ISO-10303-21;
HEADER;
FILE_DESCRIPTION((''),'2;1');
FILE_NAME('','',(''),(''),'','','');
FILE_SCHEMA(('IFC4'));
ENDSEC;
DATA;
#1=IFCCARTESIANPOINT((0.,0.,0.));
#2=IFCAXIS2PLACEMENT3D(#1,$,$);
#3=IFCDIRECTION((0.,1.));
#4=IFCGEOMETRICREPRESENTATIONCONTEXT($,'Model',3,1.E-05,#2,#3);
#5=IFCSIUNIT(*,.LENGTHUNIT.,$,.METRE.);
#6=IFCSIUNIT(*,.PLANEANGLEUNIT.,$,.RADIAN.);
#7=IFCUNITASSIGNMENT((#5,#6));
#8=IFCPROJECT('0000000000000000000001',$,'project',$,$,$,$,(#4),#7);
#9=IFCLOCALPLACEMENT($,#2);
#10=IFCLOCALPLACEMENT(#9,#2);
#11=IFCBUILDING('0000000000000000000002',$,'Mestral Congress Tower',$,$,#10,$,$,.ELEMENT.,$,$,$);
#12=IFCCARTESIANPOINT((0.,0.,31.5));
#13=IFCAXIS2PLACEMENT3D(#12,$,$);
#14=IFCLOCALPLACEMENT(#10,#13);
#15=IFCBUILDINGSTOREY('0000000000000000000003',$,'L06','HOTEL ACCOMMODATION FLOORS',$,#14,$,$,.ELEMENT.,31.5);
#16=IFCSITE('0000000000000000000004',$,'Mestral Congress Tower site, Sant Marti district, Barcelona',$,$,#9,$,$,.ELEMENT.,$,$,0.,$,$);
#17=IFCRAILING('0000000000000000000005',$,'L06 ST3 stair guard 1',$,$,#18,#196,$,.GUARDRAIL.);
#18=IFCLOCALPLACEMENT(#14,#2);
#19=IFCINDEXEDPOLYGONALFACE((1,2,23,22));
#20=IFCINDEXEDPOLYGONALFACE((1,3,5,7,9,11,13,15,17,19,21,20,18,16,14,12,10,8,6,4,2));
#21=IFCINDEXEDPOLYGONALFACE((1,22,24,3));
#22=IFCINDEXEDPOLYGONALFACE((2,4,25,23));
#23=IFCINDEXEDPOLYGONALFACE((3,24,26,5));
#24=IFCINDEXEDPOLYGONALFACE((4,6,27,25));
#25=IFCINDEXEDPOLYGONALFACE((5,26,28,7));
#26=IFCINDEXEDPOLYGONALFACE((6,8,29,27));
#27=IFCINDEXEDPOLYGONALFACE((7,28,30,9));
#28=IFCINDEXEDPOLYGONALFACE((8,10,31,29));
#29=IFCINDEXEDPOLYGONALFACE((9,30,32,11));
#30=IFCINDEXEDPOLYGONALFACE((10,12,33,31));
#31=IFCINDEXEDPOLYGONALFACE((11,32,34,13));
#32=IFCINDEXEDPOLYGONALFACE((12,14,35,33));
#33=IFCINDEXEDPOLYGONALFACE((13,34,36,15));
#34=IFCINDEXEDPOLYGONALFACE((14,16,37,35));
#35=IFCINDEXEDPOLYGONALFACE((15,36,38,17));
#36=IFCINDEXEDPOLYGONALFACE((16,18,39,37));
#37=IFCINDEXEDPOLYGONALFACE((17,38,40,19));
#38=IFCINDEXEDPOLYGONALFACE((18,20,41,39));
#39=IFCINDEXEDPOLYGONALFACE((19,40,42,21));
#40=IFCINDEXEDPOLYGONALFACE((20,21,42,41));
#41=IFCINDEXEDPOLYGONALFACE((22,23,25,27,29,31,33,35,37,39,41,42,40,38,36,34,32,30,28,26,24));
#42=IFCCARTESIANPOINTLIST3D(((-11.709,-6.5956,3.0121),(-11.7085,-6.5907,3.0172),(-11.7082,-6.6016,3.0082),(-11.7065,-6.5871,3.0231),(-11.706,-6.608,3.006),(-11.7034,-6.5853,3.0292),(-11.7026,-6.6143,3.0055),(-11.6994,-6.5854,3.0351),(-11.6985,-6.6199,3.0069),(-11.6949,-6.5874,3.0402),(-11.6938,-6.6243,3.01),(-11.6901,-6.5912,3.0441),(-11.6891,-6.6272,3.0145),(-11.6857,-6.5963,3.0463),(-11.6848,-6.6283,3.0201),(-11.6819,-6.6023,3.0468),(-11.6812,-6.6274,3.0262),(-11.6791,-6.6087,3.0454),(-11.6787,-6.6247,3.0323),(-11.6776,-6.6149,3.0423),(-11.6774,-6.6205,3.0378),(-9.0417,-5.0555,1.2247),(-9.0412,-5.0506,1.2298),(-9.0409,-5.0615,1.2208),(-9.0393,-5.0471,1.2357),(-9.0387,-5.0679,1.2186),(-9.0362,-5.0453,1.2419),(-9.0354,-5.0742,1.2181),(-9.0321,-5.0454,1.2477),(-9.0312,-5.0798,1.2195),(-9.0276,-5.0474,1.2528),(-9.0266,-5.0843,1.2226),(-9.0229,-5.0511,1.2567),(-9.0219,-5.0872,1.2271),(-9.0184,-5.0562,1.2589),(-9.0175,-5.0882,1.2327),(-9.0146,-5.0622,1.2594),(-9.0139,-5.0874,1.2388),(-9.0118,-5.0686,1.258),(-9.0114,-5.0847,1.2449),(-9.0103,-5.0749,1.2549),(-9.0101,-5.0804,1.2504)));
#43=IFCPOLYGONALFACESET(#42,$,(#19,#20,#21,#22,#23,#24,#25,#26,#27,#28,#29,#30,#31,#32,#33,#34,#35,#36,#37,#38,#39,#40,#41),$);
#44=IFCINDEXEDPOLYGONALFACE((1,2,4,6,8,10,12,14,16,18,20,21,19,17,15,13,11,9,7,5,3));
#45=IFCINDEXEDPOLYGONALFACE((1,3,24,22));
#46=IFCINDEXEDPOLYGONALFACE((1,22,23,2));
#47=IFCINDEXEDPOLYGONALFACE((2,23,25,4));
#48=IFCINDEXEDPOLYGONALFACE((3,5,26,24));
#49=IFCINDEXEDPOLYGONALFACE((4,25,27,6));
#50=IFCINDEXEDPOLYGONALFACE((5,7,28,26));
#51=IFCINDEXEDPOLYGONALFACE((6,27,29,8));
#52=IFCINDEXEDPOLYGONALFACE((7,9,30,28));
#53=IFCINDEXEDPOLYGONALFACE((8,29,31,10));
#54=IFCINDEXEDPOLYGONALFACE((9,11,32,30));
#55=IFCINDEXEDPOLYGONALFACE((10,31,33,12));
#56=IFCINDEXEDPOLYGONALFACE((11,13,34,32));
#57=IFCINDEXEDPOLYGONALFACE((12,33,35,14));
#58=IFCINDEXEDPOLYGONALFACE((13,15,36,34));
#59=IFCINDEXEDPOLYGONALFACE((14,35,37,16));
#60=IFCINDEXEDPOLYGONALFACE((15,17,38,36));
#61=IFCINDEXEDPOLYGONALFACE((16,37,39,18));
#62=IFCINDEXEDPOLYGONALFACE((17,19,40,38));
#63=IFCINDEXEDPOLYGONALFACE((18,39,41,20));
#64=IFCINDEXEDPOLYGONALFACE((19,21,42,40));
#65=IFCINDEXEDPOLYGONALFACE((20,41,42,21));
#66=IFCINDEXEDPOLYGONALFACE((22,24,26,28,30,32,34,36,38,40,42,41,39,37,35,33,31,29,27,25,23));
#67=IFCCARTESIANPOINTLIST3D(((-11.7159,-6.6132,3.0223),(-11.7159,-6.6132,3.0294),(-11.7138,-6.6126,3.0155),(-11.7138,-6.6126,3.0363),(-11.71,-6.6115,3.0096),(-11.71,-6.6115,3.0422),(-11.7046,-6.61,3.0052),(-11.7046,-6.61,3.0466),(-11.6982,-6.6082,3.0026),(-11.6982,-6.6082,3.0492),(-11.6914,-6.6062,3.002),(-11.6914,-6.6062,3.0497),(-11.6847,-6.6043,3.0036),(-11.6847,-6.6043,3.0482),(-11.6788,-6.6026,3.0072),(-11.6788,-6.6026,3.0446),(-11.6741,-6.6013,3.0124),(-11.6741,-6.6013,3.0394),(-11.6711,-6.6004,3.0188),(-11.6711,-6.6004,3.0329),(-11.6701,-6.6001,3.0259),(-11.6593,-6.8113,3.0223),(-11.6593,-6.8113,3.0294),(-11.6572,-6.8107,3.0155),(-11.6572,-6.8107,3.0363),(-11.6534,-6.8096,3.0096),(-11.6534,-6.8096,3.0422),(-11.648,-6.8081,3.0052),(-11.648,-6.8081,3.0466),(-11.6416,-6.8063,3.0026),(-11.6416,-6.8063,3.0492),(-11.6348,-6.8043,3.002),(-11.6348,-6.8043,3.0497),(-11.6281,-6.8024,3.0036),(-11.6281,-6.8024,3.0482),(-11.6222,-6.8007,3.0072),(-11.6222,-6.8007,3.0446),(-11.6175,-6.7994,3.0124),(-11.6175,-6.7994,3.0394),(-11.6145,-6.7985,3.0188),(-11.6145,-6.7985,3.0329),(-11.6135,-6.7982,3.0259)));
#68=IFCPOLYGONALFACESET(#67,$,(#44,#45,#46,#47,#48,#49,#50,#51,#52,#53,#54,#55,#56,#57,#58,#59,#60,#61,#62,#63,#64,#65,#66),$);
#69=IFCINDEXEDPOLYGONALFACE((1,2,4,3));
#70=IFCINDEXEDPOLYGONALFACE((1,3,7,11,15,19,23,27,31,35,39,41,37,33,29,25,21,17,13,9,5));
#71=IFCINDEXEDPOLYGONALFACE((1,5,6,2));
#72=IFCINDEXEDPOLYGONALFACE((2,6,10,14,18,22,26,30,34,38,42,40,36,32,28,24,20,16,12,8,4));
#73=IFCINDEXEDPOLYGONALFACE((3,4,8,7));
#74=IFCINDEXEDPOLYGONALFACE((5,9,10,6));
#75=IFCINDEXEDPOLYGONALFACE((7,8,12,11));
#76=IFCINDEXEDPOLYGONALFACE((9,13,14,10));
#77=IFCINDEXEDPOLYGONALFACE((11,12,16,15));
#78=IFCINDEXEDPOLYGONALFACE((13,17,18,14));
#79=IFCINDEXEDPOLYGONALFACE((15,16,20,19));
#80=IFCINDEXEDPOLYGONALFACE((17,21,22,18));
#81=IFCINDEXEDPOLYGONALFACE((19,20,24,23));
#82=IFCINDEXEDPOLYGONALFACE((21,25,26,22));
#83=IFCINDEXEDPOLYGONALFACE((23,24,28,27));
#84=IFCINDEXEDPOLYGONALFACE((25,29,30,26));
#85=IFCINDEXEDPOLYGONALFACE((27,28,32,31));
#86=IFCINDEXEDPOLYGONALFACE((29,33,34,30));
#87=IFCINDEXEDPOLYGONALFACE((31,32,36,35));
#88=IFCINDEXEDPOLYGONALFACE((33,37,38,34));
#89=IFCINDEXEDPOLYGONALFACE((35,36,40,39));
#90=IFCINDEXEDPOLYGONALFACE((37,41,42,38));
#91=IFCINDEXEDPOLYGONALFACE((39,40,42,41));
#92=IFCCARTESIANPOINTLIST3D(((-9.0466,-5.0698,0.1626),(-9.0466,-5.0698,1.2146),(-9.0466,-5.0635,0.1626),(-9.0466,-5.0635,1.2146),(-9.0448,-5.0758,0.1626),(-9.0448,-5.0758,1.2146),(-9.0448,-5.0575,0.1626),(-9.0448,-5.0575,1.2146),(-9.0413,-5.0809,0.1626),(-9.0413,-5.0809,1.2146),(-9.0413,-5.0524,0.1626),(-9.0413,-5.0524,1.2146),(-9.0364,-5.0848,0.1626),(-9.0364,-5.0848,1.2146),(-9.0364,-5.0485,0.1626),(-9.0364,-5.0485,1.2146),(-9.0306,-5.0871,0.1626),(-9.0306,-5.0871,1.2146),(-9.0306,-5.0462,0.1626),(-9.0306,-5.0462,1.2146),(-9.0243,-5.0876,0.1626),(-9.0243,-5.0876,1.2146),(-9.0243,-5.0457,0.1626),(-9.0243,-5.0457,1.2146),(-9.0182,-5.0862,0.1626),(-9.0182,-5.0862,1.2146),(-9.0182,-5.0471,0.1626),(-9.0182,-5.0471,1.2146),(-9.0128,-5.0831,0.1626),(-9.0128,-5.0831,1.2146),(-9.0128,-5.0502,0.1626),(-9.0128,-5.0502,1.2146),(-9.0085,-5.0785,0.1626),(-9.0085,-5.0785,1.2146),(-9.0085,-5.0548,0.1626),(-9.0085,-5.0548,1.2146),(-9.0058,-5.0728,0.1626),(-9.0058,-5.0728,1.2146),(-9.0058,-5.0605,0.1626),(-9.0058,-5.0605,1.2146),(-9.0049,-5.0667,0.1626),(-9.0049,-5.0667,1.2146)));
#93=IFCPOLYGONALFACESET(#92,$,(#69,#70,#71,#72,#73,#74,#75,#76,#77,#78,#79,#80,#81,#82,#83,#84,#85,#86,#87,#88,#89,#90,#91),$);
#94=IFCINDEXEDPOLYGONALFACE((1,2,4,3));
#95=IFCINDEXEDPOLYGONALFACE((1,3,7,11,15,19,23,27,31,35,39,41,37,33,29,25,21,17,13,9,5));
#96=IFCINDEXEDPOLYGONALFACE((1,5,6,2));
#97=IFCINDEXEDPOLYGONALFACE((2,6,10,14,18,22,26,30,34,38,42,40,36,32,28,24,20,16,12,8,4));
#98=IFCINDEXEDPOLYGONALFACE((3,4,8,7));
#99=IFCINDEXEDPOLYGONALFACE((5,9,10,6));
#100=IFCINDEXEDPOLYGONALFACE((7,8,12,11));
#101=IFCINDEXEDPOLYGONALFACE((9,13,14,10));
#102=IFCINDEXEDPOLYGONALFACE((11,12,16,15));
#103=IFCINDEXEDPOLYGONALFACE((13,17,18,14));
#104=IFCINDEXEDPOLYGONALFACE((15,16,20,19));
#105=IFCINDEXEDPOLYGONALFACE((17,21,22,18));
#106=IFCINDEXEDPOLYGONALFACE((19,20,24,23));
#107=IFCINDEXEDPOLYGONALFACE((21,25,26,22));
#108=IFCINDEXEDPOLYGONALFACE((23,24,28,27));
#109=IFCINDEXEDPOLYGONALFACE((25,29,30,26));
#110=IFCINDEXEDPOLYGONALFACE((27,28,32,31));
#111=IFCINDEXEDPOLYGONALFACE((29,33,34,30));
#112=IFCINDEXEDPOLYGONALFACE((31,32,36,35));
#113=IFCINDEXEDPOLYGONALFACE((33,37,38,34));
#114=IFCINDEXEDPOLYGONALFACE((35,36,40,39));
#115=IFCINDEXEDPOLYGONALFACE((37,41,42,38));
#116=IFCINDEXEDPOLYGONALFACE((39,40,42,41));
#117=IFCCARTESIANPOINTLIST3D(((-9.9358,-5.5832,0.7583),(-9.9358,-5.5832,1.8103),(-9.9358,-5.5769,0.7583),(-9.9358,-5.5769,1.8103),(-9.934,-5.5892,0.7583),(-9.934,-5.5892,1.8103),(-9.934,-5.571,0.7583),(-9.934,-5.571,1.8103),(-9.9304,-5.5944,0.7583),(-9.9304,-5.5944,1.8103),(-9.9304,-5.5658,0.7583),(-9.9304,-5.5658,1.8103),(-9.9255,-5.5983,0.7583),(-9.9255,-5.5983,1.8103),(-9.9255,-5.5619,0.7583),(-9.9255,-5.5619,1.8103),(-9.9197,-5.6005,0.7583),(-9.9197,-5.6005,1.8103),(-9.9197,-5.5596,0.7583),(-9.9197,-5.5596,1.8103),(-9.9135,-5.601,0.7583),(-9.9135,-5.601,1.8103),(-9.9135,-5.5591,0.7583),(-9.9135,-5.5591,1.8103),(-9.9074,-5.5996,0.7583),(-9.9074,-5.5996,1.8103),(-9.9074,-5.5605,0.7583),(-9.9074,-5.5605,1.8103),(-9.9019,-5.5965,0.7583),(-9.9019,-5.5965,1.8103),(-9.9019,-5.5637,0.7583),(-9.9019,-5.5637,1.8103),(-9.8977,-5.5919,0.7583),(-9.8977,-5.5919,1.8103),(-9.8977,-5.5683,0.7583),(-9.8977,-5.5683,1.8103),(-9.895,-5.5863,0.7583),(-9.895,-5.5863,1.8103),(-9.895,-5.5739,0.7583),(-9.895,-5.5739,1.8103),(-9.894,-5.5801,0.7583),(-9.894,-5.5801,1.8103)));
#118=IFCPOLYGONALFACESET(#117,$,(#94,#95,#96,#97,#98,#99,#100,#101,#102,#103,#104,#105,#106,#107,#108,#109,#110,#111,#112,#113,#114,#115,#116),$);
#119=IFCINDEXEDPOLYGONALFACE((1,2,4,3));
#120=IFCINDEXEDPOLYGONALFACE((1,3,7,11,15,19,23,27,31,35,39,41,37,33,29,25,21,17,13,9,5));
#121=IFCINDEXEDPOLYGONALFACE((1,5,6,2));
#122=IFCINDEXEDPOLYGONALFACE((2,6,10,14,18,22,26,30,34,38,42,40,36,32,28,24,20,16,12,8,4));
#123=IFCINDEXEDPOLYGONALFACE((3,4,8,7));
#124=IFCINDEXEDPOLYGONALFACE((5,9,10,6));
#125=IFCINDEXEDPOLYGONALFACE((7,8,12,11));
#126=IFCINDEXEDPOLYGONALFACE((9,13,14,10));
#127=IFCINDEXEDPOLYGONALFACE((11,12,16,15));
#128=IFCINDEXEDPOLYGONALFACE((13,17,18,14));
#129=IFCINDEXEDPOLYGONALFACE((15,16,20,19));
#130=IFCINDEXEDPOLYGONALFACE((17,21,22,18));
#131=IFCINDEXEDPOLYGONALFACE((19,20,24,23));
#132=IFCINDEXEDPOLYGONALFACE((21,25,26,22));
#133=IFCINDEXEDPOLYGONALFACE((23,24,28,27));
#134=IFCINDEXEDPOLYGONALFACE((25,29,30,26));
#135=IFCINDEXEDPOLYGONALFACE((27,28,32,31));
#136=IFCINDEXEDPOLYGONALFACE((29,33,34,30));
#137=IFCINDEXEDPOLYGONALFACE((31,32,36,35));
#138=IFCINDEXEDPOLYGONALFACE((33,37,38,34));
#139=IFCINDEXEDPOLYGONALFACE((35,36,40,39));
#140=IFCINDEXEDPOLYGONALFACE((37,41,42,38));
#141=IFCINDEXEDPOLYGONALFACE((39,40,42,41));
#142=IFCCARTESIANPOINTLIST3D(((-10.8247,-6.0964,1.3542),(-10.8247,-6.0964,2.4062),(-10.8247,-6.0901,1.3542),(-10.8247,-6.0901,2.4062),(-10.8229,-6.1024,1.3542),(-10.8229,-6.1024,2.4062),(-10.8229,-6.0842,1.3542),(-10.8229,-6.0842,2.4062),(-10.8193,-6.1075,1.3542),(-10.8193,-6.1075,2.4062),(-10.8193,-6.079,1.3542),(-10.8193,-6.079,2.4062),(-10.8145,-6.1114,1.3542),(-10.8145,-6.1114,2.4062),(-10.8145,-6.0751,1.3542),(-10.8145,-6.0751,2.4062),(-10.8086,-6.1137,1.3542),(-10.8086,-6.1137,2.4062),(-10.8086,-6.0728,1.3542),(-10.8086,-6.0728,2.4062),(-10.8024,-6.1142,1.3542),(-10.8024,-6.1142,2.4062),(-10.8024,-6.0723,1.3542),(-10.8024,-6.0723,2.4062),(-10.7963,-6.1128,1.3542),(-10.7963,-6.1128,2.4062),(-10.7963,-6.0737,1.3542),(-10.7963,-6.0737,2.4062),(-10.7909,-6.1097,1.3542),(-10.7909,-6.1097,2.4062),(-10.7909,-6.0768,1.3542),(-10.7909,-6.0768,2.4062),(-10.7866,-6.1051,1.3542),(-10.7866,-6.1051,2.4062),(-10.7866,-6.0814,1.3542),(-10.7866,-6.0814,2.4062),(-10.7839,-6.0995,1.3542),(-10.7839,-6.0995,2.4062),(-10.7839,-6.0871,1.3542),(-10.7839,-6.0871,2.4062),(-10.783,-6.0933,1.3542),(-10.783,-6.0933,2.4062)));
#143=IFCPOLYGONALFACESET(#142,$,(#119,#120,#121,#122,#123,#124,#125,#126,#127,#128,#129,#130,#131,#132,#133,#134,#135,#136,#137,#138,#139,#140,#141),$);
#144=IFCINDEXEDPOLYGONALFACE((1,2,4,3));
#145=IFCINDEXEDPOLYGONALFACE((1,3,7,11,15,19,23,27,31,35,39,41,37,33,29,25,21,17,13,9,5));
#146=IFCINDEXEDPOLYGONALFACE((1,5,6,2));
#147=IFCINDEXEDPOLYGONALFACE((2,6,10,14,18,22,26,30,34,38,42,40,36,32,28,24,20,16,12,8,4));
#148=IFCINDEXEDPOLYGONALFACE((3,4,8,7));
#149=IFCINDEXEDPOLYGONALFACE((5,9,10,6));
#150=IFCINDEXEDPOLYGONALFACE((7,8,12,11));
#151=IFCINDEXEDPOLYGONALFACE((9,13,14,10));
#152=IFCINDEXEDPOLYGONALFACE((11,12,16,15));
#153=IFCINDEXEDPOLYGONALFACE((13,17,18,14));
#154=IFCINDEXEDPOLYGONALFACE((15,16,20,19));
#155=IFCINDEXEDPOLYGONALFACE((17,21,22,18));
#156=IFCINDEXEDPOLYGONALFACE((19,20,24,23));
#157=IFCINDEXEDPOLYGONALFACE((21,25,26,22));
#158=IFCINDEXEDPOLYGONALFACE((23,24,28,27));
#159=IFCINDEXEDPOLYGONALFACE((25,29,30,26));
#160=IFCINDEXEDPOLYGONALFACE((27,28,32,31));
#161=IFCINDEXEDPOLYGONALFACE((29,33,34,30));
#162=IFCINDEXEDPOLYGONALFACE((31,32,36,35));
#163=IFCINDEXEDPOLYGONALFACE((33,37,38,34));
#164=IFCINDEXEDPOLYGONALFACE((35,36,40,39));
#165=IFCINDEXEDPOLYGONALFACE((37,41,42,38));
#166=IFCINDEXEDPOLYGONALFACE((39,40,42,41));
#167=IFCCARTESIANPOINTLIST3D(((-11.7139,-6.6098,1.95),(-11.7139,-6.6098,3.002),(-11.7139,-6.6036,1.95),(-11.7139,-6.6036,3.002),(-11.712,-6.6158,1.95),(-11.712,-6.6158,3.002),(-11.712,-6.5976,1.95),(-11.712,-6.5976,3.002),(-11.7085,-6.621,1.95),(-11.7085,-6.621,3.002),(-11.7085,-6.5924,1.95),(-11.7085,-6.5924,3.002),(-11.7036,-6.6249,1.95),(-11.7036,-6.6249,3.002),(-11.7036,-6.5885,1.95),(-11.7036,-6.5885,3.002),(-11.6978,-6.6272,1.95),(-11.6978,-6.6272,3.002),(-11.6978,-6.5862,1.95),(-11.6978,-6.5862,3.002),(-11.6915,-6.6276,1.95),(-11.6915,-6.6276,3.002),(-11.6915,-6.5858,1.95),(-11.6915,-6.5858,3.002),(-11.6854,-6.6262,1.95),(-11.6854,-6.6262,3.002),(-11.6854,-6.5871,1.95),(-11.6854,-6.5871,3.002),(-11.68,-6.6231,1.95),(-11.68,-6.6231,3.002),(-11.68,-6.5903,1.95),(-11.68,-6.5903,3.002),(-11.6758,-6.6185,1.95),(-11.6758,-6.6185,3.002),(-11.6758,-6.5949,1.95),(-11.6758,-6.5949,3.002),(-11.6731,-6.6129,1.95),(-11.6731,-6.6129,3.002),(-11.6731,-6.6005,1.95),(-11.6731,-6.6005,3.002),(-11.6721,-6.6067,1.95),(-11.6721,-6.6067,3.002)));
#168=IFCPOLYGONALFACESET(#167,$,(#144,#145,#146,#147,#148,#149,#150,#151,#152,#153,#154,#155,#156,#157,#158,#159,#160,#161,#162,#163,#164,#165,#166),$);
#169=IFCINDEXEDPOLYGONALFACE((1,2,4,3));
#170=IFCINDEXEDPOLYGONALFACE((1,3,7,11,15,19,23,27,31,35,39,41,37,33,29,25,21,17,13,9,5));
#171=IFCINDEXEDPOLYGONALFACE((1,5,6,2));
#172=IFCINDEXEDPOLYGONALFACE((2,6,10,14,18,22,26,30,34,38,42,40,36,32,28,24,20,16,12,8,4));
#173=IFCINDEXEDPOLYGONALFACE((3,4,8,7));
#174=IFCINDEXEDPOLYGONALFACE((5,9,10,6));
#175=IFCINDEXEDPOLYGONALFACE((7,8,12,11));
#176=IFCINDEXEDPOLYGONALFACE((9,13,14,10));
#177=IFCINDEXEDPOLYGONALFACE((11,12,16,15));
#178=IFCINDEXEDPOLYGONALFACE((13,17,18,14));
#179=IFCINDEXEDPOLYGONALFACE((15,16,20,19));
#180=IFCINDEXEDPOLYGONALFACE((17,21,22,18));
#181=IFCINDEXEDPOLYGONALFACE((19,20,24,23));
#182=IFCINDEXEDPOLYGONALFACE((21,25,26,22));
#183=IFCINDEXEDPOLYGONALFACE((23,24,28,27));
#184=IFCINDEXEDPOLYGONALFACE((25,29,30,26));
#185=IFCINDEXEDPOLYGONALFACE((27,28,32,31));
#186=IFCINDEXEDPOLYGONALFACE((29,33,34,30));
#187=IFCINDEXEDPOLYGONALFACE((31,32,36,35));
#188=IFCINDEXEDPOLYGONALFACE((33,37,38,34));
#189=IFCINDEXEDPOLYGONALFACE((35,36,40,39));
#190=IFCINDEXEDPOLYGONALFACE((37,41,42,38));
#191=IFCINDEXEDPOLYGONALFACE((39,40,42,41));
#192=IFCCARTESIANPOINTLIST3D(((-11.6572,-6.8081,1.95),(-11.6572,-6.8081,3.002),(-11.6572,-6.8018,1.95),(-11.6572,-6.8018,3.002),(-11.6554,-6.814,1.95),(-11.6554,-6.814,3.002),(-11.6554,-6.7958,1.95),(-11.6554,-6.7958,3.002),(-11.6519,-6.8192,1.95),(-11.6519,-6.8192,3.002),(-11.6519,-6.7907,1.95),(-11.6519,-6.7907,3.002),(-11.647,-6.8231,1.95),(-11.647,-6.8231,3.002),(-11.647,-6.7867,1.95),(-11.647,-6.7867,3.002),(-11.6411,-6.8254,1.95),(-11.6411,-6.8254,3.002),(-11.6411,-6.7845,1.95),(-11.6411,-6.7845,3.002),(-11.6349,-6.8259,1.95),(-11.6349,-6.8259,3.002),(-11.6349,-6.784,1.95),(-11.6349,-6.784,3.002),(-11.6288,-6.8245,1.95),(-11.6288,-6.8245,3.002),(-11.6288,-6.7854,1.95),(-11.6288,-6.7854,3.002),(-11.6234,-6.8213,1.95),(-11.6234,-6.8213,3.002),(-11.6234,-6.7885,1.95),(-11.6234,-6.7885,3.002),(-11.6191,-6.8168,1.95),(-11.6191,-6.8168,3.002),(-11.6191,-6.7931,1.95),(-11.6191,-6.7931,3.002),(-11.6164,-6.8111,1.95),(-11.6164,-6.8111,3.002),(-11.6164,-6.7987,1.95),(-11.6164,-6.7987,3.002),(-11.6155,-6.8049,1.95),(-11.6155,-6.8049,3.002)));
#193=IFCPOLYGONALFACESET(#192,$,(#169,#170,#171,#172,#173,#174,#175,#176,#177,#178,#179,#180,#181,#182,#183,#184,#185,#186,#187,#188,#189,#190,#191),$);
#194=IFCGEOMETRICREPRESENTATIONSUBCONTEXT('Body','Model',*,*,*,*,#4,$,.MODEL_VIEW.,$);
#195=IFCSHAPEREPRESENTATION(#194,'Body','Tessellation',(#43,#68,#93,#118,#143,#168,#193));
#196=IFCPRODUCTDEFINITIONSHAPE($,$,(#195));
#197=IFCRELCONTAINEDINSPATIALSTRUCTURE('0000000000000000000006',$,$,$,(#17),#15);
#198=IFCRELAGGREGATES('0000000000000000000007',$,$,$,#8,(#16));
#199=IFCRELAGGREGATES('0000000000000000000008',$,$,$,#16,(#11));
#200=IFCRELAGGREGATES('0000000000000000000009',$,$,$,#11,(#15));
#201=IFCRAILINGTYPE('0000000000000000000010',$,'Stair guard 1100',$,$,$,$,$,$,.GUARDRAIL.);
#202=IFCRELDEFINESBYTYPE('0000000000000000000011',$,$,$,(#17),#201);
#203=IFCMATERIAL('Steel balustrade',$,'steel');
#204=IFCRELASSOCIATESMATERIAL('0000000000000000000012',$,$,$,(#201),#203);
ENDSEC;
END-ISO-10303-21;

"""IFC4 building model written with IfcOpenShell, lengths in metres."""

from ifc_helpers import new_model, si_unit, direction, frame, origin, origin_2d, place, context, subcontext, project, spatial, circle, extrude, material, type_object, element, save


model = new_model("IFC4")

# Units and contexts
model_context = context("Model", 3, precision=1e-05, world=origin(), true_north=direction((0.0, 1.0)))
body_context = subcontext(model_context, "Body", "Model", "MODEL_VIEW")
ifc_project = project(units=[si_unit("LENGTHUNIT", "METRE"), si_unit("PLANEANGLEUNIT", "RADIAN")], contexts=[model_context])

# Site, building, storey
site_placement = place(None, origin())
site = spatial("IfcSite", under=ifc_project, at=site_placement, Name="Mestral Congress Tower site, Sant Marti district, Barcelona", CompositionType="ELEMENT", RefElevation=0.0)
building_placement = place(site_placement, origin())
building = spatial("IfcBuilding", under=site, at=building_placement, Name="Mestral Congress Tower", CompositionType="ELEMENT")
storey_placement = place(building_placement, frame((0.0, 0.0, 31.5)))
storey = spatial("IfcBuildingStorey", under=building, at=storey_placement, Name="L06", Description="HOTEL ACCOMMODATION FLOORS", CompositionType="ELEMENT", Elevation=31.5)

# Railing
ifc_material_1 = material(Name="Steel balustrade", Category="steel")
railing_type_1 = type_object("IfcRailingType", Name="Stair guard 1100", PredefinedType="GUARDRAIL", material=ifc_material_1)
railing_1_placement = place(storey_placement, frame((-9.0259, -5.0667, 0.1626)))
element("IfcRailing", 1, at=railing_1_placement, inside=storey, type_object=railing_type_1, Name="L06 ST3 stair guard 1", PredefinedType="GUARDRAIL", context=body_context, shape_type="SweptSolid", body=[
    extrude(circle(Radius=0.0239, at=origin_2d()), frame((0.0, 0.0, 1.0762), z_axis=(-0.74902, -0.432477, 0.501929), x_axis=(0.500027, -0.86601, 0.0)), (0.0, 0.0, 1.0), 3.561),
    extrude(circle(Radius=0.0239, at=origin_2d()), frame((-2.6672, -1.54, 2.8633), z_axis=(0.274721, -0.961524, 0.0), x_axis=(0.961524, 0.274721, 0.0)), (0.0, 0.0, 1.0), 0.2061),
    extrude(circle(Radius=0.021, at=origin_2d()), origin(), (0.0, 0.0, 1.0), 1.052),
    extrude(circle(Radius=0.021, at=origin_2d()), frame((-0.8892, -0.5134, 0.5957)), (0.0, 0.0, 1.0), 1.052),
    extrude(circle(Radius=0.021, at=origin_2d()), frame((-1.7781, -1.0266, 1.1917)), (0.0, 0.0, 1.0), 1.052),
    extrude(circle(Radius=0.021, at=origin_2d()), frame((-2.6672, -1.54, 1.7874)), (0.0, 0.0, 1.0), 1.052),
    extrude(circle(Radius=0.021, at=origin_2d()), frame((-2.6106, -1.7383, 1.7874)), (0.0, 0.0, 1.0), 1.052),
])

save(model, "model.ifc")
